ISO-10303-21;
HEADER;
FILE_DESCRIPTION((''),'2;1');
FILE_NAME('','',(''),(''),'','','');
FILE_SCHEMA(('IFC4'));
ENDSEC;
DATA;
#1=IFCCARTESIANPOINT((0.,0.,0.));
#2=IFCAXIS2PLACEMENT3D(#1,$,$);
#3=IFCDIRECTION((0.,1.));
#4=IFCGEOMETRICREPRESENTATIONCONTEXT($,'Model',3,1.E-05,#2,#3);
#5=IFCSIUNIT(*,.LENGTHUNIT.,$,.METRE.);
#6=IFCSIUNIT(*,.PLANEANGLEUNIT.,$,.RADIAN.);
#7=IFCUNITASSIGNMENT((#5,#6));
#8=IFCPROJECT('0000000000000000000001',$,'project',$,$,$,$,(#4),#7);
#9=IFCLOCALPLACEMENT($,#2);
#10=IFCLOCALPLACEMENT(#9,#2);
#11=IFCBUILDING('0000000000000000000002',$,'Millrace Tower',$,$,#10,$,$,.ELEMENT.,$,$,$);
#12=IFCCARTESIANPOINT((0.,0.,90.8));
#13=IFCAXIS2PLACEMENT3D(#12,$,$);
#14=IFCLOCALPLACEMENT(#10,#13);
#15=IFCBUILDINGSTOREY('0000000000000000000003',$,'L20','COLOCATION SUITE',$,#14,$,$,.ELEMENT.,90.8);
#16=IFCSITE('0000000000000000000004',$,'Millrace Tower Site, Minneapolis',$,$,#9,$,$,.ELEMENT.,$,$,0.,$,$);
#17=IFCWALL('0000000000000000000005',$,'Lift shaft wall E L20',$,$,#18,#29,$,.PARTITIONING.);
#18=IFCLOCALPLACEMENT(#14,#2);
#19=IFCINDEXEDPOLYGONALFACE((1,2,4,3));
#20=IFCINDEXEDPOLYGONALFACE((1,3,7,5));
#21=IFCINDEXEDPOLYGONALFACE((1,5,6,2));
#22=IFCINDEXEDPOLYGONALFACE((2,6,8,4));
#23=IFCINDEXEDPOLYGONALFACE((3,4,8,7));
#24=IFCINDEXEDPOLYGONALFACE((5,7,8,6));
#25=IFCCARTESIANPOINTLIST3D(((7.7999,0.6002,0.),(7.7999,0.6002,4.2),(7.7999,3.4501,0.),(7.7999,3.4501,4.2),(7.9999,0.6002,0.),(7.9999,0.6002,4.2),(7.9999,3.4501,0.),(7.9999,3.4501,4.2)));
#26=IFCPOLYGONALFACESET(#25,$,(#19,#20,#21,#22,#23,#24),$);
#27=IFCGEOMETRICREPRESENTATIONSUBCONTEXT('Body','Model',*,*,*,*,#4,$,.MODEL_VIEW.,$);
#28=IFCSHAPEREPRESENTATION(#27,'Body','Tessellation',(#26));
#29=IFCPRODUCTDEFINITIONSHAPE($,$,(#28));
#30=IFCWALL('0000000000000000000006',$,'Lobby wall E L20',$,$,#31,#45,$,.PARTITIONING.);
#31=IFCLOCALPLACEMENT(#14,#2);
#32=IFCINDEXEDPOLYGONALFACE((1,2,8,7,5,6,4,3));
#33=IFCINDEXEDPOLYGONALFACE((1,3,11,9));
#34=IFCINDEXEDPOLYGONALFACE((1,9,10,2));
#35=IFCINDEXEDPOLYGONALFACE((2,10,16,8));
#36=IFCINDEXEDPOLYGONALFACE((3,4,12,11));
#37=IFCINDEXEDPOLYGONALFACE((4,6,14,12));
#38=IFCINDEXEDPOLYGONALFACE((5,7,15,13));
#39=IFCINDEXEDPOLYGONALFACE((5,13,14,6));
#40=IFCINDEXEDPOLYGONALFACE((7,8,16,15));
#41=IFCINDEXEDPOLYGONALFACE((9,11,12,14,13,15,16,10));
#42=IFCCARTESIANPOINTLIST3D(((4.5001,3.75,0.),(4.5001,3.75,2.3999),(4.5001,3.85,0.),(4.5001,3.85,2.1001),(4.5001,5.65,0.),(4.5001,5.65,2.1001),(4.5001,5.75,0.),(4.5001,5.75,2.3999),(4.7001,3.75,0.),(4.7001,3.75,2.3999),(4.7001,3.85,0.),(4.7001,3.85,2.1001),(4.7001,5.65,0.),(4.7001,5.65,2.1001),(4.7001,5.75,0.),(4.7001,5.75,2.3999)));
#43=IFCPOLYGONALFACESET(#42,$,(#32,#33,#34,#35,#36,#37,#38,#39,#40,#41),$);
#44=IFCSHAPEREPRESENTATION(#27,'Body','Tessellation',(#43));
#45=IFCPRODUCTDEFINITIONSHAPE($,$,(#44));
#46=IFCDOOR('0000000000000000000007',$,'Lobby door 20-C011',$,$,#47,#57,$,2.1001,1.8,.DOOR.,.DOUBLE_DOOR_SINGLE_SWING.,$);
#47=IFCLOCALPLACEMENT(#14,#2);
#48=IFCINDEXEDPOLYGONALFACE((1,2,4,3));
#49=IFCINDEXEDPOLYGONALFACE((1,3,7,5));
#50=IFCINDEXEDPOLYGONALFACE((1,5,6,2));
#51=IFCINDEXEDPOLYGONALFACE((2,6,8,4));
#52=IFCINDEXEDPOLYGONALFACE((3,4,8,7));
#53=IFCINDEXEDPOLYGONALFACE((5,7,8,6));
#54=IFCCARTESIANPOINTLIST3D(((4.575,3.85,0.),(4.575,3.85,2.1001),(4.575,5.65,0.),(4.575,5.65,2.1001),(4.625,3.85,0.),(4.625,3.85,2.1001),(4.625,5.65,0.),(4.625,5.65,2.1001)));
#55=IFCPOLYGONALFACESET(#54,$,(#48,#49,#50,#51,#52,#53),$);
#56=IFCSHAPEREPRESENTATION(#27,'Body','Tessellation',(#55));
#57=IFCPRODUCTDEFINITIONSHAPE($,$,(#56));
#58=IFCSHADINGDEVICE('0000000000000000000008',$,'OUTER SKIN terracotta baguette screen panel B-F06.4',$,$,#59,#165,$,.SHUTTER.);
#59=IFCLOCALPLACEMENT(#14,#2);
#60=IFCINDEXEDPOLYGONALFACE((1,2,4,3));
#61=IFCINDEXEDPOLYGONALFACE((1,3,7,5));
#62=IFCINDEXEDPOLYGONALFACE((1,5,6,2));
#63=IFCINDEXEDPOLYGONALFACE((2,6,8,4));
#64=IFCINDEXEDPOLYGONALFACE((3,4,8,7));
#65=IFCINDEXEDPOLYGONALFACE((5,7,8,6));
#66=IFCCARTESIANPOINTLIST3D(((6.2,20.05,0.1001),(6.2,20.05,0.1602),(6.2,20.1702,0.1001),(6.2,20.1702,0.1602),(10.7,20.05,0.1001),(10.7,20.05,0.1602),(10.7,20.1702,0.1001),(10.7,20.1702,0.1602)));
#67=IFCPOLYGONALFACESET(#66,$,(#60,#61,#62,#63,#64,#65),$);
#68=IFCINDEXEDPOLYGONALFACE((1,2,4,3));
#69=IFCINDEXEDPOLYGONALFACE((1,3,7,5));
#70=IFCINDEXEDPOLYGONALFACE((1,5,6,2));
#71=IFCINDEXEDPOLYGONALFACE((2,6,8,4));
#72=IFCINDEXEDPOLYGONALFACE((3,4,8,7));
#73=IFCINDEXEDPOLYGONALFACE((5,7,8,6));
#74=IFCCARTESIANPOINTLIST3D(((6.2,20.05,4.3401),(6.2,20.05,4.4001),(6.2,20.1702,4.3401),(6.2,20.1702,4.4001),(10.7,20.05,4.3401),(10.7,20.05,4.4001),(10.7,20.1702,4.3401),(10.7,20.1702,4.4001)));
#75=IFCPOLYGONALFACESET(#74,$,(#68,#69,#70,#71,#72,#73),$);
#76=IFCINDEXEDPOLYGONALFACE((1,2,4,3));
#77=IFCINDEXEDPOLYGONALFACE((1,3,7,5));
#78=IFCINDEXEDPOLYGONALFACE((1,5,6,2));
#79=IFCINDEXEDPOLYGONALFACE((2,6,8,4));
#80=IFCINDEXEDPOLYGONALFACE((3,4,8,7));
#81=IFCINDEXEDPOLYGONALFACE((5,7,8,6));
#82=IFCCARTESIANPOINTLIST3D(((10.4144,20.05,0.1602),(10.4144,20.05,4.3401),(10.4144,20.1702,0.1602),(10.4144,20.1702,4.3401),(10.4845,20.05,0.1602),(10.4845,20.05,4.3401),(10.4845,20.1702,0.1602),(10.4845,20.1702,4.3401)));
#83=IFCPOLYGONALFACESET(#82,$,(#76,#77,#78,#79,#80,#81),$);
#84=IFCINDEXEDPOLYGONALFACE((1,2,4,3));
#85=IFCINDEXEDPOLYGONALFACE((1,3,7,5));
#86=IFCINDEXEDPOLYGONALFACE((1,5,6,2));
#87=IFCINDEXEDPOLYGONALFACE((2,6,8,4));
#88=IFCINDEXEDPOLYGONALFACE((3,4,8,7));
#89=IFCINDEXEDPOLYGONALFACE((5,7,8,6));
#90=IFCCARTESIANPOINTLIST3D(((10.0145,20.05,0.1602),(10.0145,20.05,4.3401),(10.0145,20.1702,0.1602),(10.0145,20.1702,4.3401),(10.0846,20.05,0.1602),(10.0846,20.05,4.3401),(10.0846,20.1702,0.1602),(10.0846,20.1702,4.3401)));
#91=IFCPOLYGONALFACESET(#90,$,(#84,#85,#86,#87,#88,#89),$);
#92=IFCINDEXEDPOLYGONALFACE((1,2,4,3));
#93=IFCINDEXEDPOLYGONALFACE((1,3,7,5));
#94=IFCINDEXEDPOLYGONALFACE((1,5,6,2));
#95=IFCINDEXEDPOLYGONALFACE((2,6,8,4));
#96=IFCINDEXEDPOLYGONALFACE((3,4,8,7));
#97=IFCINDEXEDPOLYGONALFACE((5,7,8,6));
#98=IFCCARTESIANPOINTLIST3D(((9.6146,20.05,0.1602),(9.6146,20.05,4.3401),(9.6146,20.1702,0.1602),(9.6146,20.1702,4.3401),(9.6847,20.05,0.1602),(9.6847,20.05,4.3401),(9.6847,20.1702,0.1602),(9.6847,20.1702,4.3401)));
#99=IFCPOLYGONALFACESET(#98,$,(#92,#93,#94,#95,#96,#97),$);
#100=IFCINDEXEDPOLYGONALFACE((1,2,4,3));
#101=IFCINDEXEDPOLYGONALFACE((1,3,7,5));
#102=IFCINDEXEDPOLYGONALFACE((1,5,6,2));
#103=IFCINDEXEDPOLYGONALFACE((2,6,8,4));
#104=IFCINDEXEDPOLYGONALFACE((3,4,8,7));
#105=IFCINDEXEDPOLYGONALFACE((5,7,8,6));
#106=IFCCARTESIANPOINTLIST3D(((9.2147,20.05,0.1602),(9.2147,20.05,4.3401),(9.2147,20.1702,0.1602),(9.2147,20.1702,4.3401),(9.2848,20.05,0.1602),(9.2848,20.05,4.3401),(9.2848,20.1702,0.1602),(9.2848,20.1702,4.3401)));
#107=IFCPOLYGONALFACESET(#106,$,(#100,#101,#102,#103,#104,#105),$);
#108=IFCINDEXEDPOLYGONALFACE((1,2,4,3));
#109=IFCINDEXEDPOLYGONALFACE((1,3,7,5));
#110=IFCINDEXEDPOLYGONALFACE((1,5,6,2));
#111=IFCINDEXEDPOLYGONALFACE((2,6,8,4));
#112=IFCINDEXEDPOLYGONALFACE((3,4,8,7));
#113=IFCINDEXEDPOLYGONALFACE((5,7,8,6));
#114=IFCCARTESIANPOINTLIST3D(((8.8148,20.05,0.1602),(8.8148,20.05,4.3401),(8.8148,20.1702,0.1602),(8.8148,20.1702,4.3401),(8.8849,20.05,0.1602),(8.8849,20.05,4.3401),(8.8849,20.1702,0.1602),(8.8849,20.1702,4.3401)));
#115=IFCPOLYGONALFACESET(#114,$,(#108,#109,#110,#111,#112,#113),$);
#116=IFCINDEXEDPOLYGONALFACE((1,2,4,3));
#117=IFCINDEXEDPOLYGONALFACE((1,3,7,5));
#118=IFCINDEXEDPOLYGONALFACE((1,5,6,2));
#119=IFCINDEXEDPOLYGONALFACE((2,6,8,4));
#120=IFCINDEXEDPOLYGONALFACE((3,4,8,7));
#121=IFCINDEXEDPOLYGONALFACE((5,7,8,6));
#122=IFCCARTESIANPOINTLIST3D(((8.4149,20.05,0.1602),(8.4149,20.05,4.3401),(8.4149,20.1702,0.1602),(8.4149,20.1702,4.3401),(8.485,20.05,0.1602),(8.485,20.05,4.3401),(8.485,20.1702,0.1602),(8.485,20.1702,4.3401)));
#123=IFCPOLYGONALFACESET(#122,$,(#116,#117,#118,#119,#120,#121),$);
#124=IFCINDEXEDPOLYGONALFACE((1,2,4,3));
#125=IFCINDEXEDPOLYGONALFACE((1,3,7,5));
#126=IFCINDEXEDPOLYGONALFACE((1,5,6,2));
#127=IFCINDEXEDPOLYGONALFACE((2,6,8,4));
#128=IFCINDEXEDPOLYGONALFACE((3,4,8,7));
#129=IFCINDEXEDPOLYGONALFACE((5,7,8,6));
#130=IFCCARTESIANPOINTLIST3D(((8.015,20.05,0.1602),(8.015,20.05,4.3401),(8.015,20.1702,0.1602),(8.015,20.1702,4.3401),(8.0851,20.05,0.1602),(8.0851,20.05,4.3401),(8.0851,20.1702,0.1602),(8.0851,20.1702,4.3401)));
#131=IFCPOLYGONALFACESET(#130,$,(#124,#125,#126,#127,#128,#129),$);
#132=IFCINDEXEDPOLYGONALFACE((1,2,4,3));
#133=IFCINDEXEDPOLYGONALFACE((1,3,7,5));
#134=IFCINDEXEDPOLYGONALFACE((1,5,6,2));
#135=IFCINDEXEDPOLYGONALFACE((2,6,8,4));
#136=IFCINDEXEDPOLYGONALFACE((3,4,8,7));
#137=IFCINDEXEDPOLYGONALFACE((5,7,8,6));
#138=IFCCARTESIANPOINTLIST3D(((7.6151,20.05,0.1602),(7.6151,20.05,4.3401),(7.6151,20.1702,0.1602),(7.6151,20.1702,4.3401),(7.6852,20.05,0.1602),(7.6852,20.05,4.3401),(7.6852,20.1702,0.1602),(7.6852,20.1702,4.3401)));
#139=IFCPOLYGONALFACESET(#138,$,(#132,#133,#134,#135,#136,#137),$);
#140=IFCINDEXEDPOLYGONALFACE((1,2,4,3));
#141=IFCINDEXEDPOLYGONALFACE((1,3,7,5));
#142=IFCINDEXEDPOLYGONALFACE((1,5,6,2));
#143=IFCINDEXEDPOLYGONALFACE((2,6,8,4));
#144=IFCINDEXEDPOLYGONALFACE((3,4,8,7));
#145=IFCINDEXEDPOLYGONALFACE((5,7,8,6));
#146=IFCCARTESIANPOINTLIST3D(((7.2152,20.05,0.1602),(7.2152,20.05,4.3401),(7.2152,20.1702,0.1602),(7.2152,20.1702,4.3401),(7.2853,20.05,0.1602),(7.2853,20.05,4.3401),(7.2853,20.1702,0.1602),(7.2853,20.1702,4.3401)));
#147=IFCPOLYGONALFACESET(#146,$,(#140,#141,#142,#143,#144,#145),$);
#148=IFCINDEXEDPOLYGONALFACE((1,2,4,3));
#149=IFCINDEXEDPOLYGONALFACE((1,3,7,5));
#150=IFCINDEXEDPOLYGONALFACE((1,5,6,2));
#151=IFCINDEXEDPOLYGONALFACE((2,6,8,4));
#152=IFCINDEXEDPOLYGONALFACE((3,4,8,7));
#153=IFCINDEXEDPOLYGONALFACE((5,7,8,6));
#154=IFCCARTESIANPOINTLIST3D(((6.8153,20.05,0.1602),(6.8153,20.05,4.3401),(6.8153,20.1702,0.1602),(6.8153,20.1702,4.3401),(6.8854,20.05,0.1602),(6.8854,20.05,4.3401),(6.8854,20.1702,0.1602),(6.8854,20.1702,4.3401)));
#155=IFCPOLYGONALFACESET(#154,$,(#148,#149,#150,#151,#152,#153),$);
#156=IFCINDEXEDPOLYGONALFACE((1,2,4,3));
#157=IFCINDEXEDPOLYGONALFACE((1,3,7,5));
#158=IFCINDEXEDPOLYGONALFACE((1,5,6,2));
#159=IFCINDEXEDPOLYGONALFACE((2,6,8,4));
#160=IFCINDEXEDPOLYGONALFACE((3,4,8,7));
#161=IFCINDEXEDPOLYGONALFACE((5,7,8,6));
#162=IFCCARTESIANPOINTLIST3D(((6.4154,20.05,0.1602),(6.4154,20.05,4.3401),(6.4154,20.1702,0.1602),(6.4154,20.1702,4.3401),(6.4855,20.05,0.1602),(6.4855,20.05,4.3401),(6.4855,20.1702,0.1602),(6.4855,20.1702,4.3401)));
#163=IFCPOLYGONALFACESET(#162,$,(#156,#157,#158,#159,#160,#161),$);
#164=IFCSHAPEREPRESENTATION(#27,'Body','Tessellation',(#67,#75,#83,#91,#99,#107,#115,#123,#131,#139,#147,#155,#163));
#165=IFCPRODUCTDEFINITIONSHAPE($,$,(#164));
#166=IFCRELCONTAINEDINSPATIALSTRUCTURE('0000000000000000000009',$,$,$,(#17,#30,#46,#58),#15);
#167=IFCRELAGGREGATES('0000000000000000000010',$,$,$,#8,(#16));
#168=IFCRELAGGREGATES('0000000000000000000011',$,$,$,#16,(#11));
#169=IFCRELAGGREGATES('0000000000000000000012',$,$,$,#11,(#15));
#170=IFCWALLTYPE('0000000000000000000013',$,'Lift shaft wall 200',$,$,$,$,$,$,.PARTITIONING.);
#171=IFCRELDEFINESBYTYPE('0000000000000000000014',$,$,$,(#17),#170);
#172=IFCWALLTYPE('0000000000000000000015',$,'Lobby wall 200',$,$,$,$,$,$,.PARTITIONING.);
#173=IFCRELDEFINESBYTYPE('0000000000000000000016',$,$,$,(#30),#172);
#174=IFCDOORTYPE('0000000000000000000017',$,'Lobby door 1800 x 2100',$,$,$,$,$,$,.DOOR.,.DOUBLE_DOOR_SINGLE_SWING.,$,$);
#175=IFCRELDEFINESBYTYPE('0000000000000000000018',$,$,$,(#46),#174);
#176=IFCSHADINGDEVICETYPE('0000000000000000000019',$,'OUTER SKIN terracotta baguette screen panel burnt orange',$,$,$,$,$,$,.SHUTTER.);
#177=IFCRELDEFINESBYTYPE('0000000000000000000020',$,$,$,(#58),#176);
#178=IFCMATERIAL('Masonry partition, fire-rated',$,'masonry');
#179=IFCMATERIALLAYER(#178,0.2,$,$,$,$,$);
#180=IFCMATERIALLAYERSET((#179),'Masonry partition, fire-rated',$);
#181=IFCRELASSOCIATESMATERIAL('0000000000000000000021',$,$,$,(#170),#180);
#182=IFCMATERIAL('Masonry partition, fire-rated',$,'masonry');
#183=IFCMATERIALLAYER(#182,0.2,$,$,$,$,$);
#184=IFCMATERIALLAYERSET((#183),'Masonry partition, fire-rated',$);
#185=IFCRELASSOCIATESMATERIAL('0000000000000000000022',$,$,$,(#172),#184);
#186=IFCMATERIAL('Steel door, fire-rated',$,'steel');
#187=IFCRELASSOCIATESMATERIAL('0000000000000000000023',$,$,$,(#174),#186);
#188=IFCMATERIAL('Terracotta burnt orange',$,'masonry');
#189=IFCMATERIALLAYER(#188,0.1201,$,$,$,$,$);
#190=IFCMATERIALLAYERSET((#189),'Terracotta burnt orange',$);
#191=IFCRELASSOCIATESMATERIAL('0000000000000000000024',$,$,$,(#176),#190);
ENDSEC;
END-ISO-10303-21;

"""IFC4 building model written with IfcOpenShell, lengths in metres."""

from ifc_helpers import new_model, entity, si_unit, direction, frame, frame_2d, origin, origin_2d, place, context, subcontext, project, spatial, rectangle, extrude, source, transform, mapped, material, layer, layer_set, type_object, element, fill, save


model = new_model("IFC4")

# Units and contexts
model_context = context("Model", 3, precision=1e-05, world=origin(), true_north=direction((0.0, 1.0)))
body_context = subcontext(model_context, "Body", "Model", "MODEL_VIEW")
ifc_project = project(units=[si_unit("LENGTHUNIT", "METRE"), si_unit("PLANEANGLEUNIT", "RADIAN")], contexts=[model_context])

# Site, building, storey
site_placement = place(None, origin())
site = spatial("IfcSite", under=ifc_project, at=site_placement, Name="Millrace Tower Site, Minneapolis", CompositionType="ELEMENT", RefElevation=0.0)
building_placement = place(site_placement, origin())
building = spatial("IfcBuilding", under=site, at=building_placement, Name="Millrace Tower", CompositionType="ELEMENT")
storey_placement = place(building_placement, frame((0.0, 0.0, 90.8)))
storey = spatial("IfcBuildingStorey", under=building, at=storey_placement, Name="L20", Description="COLOCATION SUITE", CompositionType="ELEMENT", Elevation=90.8)

# Wall
ifc_material_1 = material(Name="Masonry partition, fire-rated", Category="masonry")
ifc_layer_1 = layer(ifc_material_1, 0.2)
ifc_layer_set_1 = layer_set([ifc_layer_1], Name="Masonry partition, fire-rated")
wall_type_1 = type_object("IfcWallType", Name="Lift shaft wall 200", PredefinedType="PARTITIONING", material=ifc_layer_set_1)
for number, where, z_axis, x_axis, name in (
    (1, (7.8999, 3.45, 0.0), (0.0, 0.0, 1.0), (0.0, -1.0, 0.0), "Lift shaft wall E L20"),
):
    element("IfcWall", number, at=place(storey_placement, frame(where, z_axis=z_axis, x_axis=x_axis)), inside=storey, type_object=wall_type_1, Name=name, PredefinedType="PARTITIONING", context=body_context, shape_type="SweptSolid", body=[
        extrude(rectangle(XDim=2.8499, YDim=0.2, at=frame_2d((1.4248, 0.0))), origin(), (0.0, 0.0, 1.0), 4.2),
    ])

# Wall, opening, door
ifc_material_2 = material(Name="Masonry partition, fire-rated", Category="masonry")
ifc_layer_2 = layer(ifc_material_2, 0.2)
ifc_layer_set_2 = layer_set([ifc_layer_2], Name="Masonry partition, fire-rated")
wall_type_2 = type_object("IfcWallType", Name="Lobby wall 200", PredefinedType="PARTITIONING", material=ifc_layer_set_2)
wall_1_placement = place(storey_placement, frame((4.6001, 5.75, 0.0), z_axis=(0.0, 0.0, 1.0), x_axis=(0.0, -1.0, 0.0)))
wall_1 = element("IfcWall", 2, at=wall_1_placement, inside=storey, type_object=wall_type_2, Name="Lobby wall E L20", PredefinedType="PARTITIONING", context=body_context, shape_type="SweptSolid", body=[
    extrude(rectangle(XDim=2.0, YDim=0.2, at=frame_2d((1.0, 0.0))), origin(), (0.0, 0.0, 1.0), 2.3999),
])
opening_1_placement = place(wall_1_placement, frame((0.1001, 0.0, 0.0)))
opening_1 = element("IfcOpeningElement", 3, at=opening_1_placement, cuts=wall_1, PredefinedType="OPENING", context=body_context, shape_type="SweptSolid", body=[
    extrude(rectangle(XDim=1.8, YDim=2.1001, at=frame_2d((0.8999, 1.05))), frame((0.0, 0.1099, 0.0), z_axis=(0.0, -1.0, 0.0), x_axis=(1.0, 0.0, 0.0)), (0.0, 0.0, 1.0), 0.22),
])
ifc_material_3 = material(Name="Steel door, fire-rated", Category="steel")
door_type_1 = type_object("IfcDoorType", Name="Lobby door 1800 x 2100", OperationType="DOUBLE_DOOR_SINGLE_SWING", PredefinedType="DOOR", material=ifc_material_3)
door_1_placement = place(opening_1_placement, origin())
door_1 = element("IfcDoor", 4, at=door_1_placement, inside=storey, type_object=door_type_1, Name="Lobby door 20-C011", OperationType="DOUBLE_DOOR_SINGLE_SWING", OverallHeight=2.1001, OverallWidth=1.8, PredefinedType="DOOR", context=body_context, shape_type="SweptSolid", body=[
    extrude(rectangle(XDim=1.8, YDim=2.1001, at=frame_2d((0.8999, 1.05))), frame((0.0, 0.0249, 0.0), z_axis=(0.0, -1.0, 0.0), x_axis=(1.0, 0.0, 0.0)), (0.0, 0.0, 1.0), 0.05),
])
fill(opening_1, door_1)

# Shading device
ifc_material_4 = material(Name="Terracotta burnt orange", Category="masonry")
ifc_layer_3 = layer(ifc_material_4, 0.1201)
ifc_layer_set_3 = layer_set([ifc_layer_3], Name="Terracotta burnt orange")
shading_device_type = type_object("IfcShadingDeviceType", Name="OUTER SKIN terracotta baguette screen panel burnt orange", PredefinedType="SHUTTER", material=ifc_layer_set_3)
cartesian_point = entity("IfcCartesianPoint", [-2.25, 0.0601])
shared_polyline = entity("IfcPolyline", [cartesian_point, entity("IfcCartesianPoint", [2.25, 0.0601]), entity("IfcCartesianPoint", [2.25, -0.0601]), entity("IfcCartesianPoint", [-2.25, -0.0601]), cartesian_point])
shared_shape = source(origin(), body_context, "Body", "SweptSolid", [
    entity("IfcExtrudedAreaSolid", entity("IfcArbitraryClosedProfileDef", "AREA", None, shared_polyline), entity("IfcAxis2Placement3D", entity("IfcCartesianPoint", [0.0, 0.0, 0.0])), entity("IfcDirection", [0.0, 0.0, 1.0]), 0.0601),
    entity("IfcExtrudedAreaSolid", entity("IfcArbitraryClosedProfileDef", "AREA", None, shared_polyline), entity("IfcAxis2Placement3D", entity("IfcCartesianPoint", [0.0, 0.0, 4.24])), entity("IfcDirection", [0.0, 0.0, 1.0]), 0.0601),
    extrude(rectangle(XDim=0.0701, YDim=0.1201, at=frame_2d((-1.9995, 0.0))), frame((0.0, 0.0, 0.0601)), (0.0, 0.0, 1.0), 4.1799),
    extrude(rectangle(XDim=0.0701, YDim=0.1201, at=frame_2d((-1.5996, 0.0))), frame((0.0, 0.0, 0.0601)), (0.0, 0.0, 1.0), 4.1799),
    extrude(rectangle(XDim=0.0701, YDim=0.1201, at=frame_2d((-1.1997, 0.0))), frame((0.0, 0.0, 0.0601)), (0.0, 0.0, 1.0), 4.1799),
    extrude(rectangle(XDim=0.0701, YDim=0.1201, at=frame_2d((-0.7998, 0.0))), frame((0.0, 0.0, 0.0601)), (0.0, 0.0, 1.0), 4.1799),
    extrude(rectangle(XDim=0.0701, YDim=0.1201, at=frame_2d((-0.3999, 0.0))), frame((0.0, 0.0, 0.0601)), (0.0, 0.0, 1.0), 4.1799),
    extrude(rectangle(XDim=0.0701, YDim=0.1201, at=origin_2d()), frame((0.0, 0.0, 0.0601)), (0.0, 0.0, 1.0), 4.1799),
    extrude(rectangle(XDim=0.0701, YDim=0.1201, at=frame_2d((0.3999, 0.0))), frame((0.0, 0.0, 0.0601)), (0.0, 0.0, 1.0), 4.1799),
    extrude(rectangle(XDim=0.0701, YDim=0.1201, at=frame_2d((0.7998, 0.0))), frame((0.0, 0.0, 0.0601)), (0.0, 0.0, 1.0), 4.1799),
    extrude(rectangle(XDim=0.0701, YDim=0.1201, at=frame_2d((1.1997, 0.0))), frame((0.0, 0.0, 0.0601)), (0.0, 0.0, 1.0), 4.1799),
    extrude(rectangle(XDim=0.0701, YDim=0.1201, at=frame_2d((1.5996, 0.0))), frame((0.0, 0.0, 0.0601)), (0.0, 0.0, 1.0), 4.1799),
    extrude(rectangle(XDim=0.0701, YDim=0.1201, at=frame_2d((1.9995, 0.0))), frame((0.0, 0.0, 0.0601)), (0.0, 0.0, 1.0), 4.1799),
])
for number, where, z_axis, x_axis, name in (
    (5, (8.45, 20.1101, 0.1001), (0.0, 0.0, 1.0), (-1.0, 0.0, 0.0), "OUTER SKIN terracotta baguette screen panel B-F06.4"),
):
    element("IfcShadingDevice", number, at=place(storey_placement, frame(where, z_axis=z_axis, x_axis=x_axis)), inside=storey, type_object=shading_device_type, Name=name, PredefinedType="SHUTTER", context=body_context, shape_type="MappedRepresentation", body=[
        mapped(shared_shape, transform((0.0, 0.0, 0.0), scale=1.0)),
    ])

save(model, "model.ifc")
